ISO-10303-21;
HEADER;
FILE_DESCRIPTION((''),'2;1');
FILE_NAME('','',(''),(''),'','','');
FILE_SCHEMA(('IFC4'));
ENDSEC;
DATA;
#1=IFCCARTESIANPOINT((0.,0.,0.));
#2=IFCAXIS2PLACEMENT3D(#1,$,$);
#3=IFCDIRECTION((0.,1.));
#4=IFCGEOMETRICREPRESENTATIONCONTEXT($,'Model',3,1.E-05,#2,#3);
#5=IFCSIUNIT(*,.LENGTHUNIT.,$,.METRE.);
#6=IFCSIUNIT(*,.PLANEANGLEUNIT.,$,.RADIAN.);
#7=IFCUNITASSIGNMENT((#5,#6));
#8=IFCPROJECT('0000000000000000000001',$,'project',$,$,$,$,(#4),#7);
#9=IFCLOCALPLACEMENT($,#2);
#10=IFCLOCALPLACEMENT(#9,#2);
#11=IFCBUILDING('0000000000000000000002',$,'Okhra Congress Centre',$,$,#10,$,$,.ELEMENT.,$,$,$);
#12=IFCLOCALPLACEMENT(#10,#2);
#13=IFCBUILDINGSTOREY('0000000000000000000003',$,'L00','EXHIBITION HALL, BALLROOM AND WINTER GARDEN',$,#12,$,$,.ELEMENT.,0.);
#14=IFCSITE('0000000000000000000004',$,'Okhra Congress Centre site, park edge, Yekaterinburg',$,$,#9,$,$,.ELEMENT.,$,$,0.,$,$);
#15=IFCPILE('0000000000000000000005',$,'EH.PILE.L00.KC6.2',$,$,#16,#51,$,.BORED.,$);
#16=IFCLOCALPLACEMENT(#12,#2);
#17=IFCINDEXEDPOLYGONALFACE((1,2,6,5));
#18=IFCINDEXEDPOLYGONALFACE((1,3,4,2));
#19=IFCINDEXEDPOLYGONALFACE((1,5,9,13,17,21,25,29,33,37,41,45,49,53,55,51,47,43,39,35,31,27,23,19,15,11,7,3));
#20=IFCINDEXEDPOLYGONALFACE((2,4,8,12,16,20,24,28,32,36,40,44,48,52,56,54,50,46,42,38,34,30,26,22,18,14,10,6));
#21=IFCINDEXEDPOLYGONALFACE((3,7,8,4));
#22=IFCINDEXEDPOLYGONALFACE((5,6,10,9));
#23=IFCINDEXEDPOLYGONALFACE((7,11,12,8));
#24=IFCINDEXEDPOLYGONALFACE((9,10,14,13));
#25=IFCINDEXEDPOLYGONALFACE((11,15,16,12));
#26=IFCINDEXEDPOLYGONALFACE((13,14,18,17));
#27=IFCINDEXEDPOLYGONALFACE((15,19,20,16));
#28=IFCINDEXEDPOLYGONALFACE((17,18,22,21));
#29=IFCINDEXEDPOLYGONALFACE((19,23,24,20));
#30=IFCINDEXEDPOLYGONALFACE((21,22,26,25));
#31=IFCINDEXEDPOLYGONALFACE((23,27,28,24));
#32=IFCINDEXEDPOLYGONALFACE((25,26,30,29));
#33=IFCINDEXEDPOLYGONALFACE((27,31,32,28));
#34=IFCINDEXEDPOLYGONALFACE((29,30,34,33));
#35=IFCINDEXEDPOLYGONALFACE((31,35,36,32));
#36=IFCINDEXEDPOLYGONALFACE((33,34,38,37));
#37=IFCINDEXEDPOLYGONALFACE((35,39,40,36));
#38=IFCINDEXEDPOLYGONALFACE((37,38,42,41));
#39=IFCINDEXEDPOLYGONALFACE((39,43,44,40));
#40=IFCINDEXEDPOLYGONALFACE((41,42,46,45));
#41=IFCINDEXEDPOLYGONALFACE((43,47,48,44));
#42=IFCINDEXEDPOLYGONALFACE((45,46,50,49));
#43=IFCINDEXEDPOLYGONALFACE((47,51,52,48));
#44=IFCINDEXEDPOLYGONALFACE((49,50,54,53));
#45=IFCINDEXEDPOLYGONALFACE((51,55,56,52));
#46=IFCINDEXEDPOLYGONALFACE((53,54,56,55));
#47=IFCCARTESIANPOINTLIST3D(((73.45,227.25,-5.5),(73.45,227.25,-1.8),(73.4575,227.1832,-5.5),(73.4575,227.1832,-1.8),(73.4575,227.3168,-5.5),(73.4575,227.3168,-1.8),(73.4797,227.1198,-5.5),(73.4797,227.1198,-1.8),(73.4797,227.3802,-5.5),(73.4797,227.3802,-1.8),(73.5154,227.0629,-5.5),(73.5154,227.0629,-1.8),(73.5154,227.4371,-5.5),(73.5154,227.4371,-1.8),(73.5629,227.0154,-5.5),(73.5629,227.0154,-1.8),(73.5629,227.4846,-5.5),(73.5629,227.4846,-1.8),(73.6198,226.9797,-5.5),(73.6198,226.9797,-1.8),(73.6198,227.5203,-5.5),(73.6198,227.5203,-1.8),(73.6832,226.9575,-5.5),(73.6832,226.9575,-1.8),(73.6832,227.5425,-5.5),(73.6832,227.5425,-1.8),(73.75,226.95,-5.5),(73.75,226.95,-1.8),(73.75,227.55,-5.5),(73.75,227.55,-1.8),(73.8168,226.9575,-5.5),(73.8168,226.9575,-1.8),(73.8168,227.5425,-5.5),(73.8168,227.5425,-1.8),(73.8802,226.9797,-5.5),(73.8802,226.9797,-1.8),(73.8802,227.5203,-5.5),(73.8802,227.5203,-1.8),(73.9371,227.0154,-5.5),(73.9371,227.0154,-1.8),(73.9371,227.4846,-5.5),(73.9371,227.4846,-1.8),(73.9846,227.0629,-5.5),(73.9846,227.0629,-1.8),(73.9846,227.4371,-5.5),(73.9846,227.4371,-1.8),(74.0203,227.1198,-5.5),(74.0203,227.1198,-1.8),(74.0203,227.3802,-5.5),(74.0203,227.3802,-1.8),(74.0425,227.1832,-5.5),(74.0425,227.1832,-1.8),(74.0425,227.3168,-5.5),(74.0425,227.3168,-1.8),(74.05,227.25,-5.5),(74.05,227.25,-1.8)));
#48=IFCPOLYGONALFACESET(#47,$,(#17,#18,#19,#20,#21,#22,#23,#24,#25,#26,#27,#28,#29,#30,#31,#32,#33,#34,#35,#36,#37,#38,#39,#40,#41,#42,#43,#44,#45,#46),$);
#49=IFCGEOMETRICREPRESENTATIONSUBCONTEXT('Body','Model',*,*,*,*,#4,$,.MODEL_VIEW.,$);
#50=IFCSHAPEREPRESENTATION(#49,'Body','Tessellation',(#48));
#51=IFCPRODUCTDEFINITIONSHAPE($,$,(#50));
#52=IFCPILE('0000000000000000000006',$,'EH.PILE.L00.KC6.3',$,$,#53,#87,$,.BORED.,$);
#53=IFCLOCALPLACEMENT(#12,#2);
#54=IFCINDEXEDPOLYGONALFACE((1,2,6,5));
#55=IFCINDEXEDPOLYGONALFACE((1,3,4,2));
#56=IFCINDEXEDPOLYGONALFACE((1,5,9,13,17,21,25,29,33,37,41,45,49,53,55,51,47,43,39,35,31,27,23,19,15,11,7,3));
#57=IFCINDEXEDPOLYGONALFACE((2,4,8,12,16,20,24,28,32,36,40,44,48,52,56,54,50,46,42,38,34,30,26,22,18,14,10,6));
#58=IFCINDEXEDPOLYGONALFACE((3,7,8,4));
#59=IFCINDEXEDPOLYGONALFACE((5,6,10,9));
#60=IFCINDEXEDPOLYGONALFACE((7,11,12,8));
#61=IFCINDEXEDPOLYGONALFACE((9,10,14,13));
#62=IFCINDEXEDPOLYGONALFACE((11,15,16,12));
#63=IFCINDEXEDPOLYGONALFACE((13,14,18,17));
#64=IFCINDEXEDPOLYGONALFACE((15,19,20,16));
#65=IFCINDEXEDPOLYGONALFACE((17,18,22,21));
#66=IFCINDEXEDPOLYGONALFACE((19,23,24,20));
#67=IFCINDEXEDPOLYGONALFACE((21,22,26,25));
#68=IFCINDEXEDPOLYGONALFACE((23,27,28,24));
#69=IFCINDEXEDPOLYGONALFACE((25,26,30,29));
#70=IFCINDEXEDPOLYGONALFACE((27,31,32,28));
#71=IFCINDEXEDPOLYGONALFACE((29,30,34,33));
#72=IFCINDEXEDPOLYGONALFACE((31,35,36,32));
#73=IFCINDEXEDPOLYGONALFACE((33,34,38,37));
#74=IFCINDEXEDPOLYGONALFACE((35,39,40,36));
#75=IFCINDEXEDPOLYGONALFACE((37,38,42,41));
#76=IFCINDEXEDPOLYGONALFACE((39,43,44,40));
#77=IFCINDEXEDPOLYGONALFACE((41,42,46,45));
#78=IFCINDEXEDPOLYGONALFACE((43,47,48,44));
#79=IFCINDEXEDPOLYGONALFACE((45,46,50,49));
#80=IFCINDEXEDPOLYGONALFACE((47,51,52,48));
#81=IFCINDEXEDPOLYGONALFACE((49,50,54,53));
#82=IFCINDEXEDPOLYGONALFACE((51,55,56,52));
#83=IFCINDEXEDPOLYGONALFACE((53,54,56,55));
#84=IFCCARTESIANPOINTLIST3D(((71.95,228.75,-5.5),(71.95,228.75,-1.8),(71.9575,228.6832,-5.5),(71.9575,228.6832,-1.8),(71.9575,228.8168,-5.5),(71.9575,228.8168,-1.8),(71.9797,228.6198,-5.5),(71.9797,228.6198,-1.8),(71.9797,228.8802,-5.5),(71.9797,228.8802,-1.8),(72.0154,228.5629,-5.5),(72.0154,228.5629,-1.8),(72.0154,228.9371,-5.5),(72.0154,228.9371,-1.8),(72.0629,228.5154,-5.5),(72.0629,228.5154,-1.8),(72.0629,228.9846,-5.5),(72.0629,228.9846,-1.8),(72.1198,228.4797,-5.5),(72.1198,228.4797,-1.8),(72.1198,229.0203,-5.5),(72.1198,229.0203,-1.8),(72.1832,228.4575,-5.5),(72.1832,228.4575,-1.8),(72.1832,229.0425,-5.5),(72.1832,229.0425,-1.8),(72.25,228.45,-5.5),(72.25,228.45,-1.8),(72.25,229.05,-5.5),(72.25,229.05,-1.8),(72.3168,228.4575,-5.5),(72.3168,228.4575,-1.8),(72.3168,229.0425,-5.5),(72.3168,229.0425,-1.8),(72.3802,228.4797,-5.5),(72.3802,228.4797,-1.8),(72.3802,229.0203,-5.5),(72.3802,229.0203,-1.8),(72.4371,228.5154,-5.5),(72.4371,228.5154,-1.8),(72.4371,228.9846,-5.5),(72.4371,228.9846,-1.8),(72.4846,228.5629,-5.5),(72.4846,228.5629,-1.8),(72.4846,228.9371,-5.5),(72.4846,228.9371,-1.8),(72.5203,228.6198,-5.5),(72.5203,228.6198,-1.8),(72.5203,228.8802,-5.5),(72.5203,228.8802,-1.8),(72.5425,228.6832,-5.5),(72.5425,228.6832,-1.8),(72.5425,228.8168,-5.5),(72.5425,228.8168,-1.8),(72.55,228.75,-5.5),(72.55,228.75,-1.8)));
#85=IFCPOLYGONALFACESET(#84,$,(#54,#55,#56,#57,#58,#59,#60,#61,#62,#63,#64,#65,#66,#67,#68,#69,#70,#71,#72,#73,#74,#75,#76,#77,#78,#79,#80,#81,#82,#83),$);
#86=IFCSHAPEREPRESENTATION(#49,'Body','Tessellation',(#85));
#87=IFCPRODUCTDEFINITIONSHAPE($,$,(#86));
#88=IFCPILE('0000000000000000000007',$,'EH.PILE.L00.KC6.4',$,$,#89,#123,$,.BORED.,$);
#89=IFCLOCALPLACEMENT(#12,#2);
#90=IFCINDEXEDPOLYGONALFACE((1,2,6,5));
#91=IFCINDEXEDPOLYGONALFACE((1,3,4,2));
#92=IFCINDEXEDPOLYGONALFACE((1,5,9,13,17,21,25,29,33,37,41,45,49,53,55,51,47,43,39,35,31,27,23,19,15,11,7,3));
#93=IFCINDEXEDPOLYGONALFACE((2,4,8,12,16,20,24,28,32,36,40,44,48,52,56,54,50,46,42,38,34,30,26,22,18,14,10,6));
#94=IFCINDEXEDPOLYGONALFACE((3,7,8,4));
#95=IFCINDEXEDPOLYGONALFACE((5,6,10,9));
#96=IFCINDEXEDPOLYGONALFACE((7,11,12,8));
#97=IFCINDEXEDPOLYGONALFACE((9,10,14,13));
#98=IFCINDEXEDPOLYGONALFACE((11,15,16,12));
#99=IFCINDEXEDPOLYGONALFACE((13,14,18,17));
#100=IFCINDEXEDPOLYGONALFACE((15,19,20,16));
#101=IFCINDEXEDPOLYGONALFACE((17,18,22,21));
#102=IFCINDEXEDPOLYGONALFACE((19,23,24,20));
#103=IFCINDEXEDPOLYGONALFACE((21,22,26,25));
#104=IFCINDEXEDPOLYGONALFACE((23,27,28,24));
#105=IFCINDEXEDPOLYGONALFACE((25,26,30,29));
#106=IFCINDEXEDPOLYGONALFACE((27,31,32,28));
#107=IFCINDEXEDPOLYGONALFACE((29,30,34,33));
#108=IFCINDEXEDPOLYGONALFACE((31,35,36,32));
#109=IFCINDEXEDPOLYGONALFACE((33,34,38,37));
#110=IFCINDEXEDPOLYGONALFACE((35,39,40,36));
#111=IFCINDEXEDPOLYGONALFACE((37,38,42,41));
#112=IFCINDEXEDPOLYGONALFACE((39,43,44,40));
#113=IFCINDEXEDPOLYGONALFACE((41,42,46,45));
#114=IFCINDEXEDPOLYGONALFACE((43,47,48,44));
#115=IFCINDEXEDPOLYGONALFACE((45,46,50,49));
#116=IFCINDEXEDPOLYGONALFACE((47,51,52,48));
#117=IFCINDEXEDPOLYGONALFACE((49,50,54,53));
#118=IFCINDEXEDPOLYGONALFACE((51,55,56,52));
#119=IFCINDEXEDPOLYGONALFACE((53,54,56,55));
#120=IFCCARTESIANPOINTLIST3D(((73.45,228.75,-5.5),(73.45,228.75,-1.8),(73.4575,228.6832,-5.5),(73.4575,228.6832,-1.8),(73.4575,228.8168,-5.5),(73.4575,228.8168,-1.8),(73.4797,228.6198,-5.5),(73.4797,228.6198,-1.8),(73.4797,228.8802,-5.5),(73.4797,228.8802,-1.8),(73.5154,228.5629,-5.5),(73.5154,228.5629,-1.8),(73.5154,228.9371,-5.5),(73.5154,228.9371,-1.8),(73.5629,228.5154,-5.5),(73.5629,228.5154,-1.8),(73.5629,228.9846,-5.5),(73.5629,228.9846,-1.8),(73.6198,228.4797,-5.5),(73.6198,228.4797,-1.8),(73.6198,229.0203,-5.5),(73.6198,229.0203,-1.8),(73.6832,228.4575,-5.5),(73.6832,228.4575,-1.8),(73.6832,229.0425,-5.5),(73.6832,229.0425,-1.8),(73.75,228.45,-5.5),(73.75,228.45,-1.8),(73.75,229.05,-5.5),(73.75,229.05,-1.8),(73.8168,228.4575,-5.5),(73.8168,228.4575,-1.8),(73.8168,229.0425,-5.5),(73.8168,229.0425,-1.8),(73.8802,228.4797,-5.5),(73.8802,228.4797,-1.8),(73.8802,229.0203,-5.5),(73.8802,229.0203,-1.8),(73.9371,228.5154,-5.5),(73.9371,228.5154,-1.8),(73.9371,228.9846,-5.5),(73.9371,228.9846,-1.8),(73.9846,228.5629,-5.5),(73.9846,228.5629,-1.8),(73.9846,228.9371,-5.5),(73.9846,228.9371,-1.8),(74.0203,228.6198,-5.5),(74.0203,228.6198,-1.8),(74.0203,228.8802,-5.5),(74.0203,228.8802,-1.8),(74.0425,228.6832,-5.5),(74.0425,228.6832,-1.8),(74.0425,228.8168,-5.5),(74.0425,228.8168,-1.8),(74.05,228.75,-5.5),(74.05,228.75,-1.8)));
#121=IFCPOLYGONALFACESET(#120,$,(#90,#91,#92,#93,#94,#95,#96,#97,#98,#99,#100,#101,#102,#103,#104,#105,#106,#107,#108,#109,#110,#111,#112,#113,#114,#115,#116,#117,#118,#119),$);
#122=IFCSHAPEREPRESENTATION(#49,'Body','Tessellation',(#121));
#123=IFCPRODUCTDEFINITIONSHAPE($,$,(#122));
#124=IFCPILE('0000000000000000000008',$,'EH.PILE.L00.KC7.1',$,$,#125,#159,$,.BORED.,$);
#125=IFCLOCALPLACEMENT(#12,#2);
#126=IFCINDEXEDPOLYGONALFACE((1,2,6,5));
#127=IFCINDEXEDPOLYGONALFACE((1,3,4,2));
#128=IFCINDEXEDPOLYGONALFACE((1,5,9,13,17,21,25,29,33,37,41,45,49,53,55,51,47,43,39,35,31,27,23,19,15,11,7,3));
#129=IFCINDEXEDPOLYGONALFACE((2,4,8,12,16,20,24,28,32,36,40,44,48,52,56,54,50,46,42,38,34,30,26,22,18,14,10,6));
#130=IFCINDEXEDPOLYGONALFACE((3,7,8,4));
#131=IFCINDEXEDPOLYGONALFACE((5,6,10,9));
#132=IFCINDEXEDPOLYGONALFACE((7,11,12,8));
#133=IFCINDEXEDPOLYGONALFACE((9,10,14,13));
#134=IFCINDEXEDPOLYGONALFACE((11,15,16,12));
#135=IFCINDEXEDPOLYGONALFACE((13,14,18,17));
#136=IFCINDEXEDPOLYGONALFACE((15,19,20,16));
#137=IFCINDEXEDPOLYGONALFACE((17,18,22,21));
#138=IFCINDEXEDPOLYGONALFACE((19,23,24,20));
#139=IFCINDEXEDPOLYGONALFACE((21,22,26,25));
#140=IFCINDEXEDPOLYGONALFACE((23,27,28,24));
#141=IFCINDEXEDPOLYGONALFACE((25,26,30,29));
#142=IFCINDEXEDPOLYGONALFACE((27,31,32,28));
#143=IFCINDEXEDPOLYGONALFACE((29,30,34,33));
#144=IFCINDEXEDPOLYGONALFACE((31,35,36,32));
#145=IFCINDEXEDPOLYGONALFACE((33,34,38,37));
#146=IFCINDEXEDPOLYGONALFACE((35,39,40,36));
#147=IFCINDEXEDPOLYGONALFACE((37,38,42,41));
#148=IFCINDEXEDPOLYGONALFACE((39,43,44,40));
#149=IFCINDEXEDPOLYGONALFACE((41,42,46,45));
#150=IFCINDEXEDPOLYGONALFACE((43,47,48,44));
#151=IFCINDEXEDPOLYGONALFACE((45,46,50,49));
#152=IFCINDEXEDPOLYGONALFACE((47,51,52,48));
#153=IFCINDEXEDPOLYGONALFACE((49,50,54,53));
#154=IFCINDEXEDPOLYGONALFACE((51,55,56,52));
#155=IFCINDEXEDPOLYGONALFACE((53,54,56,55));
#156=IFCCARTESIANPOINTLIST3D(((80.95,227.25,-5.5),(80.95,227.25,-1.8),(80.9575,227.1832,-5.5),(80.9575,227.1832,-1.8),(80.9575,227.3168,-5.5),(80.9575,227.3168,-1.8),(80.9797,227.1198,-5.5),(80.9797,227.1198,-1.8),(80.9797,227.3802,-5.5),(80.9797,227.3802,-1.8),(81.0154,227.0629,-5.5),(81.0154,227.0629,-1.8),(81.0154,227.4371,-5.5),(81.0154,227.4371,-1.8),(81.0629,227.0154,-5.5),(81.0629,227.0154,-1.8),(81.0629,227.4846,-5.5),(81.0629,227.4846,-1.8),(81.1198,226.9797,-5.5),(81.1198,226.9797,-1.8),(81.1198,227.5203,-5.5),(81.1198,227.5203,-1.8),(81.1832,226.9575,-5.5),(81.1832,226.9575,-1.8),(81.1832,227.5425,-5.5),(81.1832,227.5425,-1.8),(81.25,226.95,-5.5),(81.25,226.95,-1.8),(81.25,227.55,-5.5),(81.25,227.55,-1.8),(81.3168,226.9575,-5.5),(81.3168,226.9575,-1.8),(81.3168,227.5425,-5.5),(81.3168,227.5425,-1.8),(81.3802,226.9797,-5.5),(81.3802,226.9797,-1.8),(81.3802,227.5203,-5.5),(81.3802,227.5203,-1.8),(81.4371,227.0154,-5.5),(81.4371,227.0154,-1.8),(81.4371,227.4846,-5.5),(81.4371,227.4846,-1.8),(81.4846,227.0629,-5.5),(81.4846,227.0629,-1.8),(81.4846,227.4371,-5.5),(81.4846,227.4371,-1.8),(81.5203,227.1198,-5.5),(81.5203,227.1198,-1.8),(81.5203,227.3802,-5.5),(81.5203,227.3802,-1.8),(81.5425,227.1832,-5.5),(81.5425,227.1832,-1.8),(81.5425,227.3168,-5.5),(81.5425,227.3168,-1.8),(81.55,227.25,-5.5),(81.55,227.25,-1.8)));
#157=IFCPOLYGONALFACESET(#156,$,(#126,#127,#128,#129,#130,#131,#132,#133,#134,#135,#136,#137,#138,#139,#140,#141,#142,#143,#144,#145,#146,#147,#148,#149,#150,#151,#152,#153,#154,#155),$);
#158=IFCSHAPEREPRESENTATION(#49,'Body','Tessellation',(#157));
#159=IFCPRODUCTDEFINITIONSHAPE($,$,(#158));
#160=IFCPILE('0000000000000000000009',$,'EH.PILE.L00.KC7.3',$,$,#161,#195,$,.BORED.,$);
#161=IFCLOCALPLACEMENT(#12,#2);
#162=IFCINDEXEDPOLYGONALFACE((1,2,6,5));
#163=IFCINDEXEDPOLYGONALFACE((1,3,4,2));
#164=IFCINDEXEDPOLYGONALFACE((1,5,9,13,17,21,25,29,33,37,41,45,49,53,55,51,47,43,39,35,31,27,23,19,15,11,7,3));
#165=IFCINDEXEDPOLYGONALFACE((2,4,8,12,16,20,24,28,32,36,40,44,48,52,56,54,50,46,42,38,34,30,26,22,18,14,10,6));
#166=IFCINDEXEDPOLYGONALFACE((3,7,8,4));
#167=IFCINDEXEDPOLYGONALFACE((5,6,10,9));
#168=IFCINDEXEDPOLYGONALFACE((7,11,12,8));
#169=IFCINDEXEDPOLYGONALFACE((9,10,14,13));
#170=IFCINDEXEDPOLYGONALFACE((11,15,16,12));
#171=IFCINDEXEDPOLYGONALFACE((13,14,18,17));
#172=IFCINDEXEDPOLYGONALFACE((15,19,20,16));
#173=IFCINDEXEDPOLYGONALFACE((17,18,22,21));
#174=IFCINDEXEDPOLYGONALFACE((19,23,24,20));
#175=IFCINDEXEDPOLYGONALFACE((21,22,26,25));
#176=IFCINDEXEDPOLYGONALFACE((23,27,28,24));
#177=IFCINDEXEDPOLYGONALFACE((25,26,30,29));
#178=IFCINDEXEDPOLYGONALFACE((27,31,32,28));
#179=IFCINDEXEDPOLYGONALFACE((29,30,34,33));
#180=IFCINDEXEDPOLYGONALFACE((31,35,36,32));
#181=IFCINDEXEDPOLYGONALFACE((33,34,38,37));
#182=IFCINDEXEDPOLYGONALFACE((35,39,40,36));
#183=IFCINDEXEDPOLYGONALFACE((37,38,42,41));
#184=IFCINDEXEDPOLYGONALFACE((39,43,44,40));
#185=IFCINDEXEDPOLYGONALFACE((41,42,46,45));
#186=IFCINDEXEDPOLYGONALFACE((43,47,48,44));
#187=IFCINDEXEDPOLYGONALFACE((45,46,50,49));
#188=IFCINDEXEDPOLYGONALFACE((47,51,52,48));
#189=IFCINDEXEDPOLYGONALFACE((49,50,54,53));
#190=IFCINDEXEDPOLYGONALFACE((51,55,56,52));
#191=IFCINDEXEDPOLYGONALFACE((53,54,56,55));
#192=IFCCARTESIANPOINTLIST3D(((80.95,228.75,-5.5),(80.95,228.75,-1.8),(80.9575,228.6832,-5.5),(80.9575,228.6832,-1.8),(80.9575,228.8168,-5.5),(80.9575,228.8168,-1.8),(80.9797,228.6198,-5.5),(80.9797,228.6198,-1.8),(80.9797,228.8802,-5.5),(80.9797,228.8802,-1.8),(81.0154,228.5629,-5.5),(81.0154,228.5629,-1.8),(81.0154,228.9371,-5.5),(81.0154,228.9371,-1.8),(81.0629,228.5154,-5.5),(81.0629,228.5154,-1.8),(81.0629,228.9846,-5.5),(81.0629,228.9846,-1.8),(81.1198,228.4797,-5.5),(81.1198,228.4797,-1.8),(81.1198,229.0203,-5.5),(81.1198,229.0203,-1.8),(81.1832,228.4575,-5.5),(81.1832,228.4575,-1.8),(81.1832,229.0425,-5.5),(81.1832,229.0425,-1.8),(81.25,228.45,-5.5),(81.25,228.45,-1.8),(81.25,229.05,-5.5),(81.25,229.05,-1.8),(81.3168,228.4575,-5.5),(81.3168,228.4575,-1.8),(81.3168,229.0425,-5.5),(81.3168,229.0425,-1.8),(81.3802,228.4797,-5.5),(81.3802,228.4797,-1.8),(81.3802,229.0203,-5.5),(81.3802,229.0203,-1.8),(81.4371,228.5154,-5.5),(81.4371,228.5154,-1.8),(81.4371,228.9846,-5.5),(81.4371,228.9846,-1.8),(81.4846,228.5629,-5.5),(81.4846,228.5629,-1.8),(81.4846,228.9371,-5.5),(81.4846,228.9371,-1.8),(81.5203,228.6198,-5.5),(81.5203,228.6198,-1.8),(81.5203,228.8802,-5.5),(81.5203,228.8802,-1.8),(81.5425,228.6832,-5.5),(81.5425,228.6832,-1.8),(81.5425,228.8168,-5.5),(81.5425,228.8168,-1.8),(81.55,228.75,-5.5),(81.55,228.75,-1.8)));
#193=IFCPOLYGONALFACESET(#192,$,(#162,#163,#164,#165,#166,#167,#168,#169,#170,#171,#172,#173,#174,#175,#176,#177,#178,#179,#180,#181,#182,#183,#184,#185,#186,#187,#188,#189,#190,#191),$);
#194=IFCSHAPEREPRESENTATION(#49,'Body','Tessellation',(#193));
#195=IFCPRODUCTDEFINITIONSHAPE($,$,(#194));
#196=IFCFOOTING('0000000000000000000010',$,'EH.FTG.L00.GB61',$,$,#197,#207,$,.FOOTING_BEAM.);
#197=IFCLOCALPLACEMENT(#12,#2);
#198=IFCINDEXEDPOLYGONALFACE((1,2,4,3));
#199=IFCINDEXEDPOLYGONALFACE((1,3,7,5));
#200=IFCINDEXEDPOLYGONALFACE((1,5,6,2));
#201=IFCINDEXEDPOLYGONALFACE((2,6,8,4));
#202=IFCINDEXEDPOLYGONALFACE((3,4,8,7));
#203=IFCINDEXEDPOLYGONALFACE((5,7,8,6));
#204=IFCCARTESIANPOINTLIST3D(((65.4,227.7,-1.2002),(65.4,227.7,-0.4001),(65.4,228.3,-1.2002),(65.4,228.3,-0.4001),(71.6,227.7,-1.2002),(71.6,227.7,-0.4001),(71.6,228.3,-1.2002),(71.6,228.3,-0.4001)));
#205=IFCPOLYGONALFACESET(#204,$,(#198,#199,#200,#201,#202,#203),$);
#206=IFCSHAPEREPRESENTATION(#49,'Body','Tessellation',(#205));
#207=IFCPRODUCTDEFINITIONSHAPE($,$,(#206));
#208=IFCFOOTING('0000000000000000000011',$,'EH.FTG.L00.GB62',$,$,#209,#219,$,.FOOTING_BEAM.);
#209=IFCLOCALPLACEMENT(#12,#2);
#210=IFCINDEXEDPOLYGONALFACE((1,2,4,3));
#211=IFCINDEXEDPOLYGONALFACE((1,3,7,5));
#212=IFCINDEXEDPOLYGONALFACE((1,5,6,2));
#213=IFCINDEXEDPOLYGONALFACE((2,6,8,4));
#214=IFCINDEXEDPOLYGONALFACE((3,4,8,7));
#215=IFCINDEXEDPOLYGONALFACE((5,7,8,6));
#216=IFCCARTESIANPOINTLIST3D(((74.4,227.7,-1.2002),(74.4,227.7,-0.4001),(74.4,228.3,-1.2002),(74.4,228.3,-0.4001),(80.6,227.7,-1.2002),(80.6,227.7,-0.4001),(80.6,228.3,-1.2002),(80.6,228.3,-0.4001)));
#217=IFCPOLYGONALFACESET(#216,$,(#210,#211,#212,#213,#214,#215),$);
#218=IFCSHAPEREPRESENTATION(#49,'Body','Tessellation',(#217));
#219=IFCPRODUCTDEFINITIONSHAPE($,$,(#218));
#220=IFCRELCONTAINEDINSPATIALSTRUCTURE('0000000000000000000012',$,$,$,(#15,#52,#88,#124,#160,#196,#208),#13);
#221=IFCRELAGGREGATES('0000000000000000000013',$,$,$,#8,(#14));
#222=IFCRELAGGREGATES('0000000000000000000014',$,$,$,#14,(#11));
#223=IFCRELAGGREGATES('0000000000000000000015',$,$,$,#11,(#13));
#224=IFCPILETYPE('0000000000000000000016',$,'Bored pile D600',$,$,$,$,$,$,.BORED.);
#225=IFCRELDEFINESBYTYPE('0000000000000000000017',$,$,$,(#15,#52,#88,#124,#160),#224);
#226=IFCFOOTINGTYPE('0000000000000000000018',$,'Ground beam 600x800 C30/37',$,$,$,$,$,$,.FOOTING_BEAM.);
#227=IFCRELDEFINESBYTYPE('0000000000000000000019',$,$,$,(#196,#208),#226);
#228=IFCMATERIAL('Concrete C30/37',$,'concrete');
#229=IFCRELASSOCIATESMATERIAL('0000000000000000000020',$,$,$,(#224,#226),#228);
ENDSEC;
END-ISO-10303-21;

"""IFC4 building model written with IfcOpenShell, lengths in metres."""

from ifc_helpers import new_model, si_unit, direction, frame, origin, origin_2d, place, context, subcontext, project, spatial, rectangle, circle, extrude, material, material_profile, profile_set, type_object, element, save


model = new_model("IFC4")

# Units and contexts
model_context = context("Model", 3, precision=1e-05, world=origin(), true_north=direction((0.0, 1.0)))
body_context = subcontext(model_context, "Body", "Model", "MODEL_VIEW")
ifc_project = project(units=[si_unit("LENGTHUNIT", "METRE"), si_unit("PLANEANGLEUNIT", "RADIAN")], contexts=[model_context])

# Site, building, storey
site_placement = place(None, origin())
site = spatial("IfcSite", under=ifc_project, at=site_placement, Name="Okhra Congress Centre site, park edge, Yekaterinburg", CompositionType="ELEMENT", RefElevation=0.0)
building_placement = place(site_placement, origin())
building = spatial("IfcBuilding", under=site, at=building_placement, Name="Okhra Congress Centre", CompositionType="ELEMENT")
storey_placement = place(building_placement, origin())
storey = spatial("IfcBuildingStorey", under=building, at=storey_placement, Name="L00", Description="EXHIBITION HALL, BALLROOM AND WINTER GARDEN", CompositionType="ELEMENT", Elevation=0.0)

# Piles
ifc_material_1 = material(Name="Concrete C30/37", Category="concrete")
ifc_material_profile_1 = material_profile(ifc_material_1, circle(Radius=0.3, at=origin_2d()), Name="D600")
ifc_profile_set_1 = profile_set([ifc_material_profile_1], Name="Concrete C30/37")
pile_type = type_object("IfcPileType", Name="Bored pile D600", PredefinedType="BORED", material=ifc_profile_set_1)
for number, where, z_axis, x_axis, name in (
    (1, (73.75, 227.25, -1.8), (0.0, 0.0, -1.0), (1.0, 0.0, 0.0), "EH.PILE.L00.KC6.2"),
    (2, (72.25, 228.75, -1.8), (0.0, 0.0, -1.0), (1.0, 0.0, 0.0), "EH.PILE.L00.KC6.3"),
    (3, (73.75, 228.75, -1.8), (0.0, 0.0, -1.0), (1.0, 0.0, 0.0), "EH.PILE.L00.KC6.4"),
    (4, (81.25, 227.25, -1.8), (0.0, 0.0, -1.0), (1.0, 0.0, 0.0), "EH.PILE.L00.KC7.1"),
    (5, (81.25, 228.75, -1.8), (0.0, 0.0, -1.0), (1.0, 0.0, 0.0), "EH.PILE.L00.KC7.3"),
):
    element("IfcPile", number, at=place(storey_placement, frame(where, z_axis=z_axis, x_axis=x_axis)), inside=storey, type_object=pile_type, Name=name, PredefinedType="BORED", context=body_context, shape_type="SweptSolid", body=[
        extrude(circle(Radius=0.3, at=origin_2d()), origin(), (0.0, 0.0, 1.0), 3.7),
    ])

# Footings
footing_type_1 = type_object("IfcFootingType", Name="Ground beam 600x800 C30/37", PredefinedType="FOOTING_BEAM", material=ifc_material_1)
for number, where, z_axis, x_axis, name in (
    (6, (68.5, 228.0, -1.2002), (0.0, 0.0, 1.0), (1.0, 0.0, 0.0), "EH.FTG.L00.GB61"),
    (7, (77.5, 228.0, -1.2002), (0.0, 0.0, 1.0), (1.0, 0.0, 0.0), "EH.FTG.L00.GB62"),
):
    element("IfcFooting", number, at=place(storey_placement, frame(where, z_axis=z_axis, x_axis=x_axis)), inside=storey, type_object=footing_type_1, Name=name, PredefinedType="FOOTING_BEAM", context=body_context, shape_type="SweptSolid", body=[
        extrude(rectangle(XDim=6.2, YDim=0.6001, at=origin_2d()), origin(), (0.0, 0.0, 1.0), 0.8),
    ])

save(model, "model.ifc")
